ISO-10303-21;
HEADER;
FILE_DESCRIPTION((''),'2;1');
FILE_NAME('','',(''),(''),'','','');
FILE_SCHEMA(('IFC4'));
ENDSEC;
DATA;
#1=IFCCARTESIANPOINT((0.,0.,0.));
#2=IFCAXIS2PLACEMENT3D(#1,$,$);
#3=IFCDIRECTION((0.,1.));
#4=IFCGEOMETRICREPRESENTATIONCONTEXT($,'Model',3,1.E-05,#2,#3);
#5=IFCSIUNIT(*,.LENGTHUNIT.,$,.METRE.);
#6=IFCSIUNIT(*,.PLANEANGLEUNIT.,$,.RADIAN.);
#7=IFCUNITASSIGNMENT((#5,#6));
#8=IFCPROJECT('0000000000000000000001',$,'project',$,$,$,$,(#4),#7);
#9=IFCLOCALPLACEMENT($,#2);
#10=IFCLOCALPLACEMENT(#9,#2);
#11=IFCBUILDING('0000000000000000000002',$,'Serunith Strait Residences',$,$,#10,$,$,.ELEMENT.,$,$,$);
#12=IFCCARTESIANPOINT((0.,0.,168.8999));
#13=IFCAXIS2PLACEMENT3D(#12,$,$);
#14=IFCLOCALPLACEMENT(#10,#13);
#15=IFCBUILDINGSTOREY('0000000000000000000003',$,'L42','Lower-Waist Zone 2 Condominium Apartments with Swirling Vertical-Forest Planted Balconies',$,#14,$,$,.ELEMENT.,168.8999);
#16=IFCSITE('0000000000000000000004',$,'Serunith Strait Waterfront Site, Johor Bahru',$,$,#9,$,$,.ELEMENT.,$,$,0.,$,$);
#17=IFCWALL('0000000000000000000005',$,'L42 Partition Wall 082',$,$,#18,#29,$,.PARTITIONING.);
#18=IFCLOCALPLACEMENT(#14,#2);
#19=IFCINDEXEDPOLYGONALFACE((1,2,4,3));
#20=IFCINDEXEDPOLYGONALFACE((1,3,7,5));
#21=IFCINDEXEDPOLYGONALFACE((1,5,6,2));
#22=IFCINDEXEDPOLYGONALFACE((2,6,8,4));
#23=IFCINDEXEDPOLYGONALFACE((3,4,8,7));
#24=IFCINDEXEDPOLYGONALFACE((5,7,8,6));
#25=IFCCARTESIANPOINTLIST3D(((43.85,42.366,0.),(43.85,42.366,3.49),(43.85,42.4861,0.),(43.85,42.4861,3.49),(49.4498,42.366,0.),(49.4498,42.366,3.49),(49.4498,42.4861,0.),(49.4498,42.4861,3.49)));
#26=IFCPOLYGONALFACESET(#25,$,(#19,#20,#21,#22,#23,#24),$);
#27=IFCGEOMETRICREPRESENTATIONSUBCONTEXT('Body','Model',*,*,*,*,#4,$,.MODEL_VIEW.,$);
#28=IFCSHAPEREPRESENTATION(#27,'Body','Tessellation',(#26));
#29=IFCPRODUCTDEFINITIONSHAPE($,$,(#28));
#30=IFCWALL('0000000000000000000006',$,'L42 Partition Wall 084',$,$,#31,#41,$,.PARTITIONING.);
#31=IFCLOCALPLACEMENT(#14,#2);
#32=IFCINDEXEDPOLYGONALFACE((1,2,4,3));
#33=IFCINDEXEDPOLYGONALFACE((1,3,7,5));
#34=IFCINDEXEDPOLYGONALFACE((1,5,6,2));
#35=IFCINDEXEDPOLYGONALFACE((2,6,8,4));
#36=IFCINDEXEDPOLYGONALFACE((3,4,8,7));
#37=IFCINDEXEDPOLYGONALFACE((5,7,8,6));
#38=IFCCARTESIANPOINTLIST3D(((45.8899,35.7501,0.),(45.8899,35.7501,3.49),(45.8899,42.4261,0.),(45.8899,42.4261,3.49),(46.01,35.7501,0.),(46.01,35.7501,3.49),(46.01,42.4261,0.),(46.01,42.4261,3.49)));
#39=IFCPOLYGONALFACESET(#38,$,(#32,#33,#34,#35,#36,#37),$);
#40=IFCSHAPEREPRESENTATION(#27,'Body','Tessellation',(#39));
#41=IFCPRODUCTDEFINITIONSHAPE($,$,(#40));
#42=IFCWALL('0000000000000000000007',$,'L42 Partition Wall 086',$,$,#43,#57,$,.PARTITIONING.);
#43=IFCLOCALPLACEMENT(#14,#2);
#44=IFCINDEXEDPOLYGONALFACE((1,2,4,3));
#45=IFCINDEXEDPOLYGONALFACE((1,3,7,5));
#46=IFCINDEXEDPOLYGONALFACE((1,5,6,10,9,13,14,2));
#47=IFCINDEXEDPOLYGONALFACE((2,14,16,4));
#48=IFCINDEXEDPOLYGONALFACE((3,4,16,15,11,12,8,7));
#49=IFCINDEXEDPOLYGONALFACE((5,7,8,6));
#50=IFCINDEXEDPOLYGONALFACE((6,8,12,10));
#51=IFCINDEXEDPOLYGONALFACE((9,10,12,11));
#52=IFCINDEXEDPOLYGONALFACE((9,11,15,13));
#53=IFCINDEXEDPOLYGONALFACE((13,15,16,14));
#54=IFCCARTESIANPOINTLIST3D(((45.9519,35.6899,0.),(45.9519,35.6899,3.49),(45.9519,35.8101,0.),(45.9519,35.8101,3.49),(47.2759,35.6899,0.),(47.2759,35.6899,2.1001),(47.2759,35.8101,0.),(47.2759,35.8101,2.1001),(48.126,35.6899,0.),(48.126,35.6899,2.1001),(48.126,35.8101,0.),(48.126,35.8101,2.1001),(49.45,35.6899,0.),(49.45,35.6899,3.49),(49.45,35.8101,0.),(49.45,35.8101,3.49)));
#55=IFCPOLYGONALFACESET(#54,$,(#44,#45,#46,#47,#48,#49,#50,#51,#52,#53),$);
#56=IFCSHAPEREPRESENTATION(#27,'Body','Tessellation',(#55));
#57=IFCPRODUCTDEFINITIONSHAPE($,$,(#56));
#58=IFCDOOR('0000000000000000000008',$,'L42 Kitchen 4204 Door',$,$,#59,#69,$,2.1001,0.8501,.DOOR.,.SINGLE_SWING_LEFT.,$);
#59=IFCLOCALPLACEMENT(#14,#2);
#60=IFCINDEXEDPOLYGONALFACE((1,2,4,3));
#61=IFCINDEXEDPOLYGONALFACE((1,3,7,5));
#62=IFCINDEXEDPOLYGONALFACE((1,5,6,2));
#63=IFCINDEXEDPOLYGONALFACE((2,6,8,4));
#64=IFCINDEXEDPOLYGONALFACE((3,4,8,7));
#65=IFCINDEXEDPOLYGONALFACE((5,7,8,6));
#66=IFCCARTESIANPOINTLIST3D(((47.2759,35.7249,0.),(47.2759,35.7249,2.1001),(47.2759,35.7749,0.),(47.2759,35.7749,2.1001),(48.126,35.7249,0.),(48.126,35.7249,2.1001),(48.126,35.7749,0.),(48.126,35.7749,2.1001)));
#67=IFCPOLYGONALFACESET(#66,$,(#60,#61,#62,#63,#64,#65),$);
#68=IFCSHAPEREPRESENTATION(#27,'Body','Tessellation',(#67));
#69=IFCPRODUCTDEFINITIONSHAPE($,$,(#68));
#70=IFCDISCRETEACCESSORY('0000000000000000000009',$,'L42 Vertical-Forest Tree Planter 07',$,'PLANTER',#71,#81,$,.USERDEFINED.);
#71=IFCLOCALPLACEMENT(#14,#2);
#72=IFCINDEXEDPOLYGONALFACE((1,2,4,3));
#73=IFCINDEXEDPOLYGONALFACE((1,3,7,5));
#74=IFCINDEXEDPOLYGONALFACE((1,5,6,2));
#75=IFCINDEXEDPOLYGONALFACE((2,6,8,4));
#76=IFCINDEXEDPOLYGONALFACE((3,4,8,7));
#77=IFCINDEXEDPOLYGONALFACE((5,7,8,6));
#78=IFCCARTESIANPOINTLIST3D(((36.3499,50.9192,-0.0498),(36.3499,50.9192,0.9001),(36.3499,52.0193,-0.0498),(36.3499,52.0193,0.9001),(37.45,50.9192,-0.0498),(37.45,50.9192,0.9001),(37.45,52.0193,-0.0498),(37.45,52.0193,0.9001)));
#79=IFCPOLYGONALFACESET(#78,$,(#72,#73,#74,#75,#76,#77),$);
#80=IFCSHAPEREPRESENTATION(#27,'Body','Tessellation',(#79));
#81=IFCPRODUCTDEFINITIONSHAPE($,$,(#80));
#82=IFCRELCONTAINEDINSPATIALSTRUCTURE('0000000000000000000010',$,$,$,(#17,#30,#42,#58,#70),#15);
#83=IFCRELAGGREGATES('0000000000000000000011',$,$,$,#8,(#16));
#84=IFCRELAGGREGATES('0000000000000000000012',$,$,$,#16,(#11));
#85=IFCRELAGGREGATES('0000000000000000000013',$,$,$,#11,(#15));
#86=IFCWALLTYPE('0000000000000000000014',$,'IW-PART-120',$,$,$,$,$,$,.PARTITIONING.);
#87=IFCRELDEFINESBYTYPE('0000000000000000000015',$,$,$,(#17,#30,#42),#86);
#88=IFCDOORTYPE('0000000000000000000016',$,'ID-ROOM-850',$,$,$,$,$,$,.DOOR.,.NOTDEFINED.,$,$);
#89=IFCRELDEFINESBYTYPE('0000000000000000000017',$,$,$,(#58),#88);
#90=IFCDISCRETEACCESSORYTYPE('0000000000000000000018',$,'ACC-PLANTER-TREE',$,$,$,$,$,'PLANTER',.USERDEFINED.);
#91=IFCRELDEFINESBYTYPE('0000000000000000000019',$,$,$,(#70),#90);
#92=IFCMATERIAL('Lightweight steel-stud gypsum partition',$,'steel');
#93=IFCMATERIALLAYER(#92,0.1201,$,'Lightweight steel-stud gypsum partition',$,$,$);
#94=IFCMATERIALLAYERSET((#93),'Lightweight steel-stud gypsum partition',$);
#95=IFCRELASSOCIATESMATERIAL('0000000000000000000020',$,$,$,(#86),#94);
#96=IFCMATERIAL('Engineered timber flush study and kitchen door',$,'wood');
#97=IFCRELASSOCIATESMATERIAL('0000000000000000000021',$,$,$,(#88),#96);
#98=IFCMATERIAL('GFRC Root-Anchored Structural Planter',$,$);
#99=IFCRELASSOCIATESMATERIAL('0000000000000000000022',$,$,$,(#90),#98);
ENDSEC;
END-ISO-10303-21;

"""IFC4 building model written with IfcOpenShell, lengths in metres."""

from ifc_helpers import new_model, si_unit, direction, frame, frame_2d, origin, origin_2d, place, context, subcontext, project, spatial, rectangle, extrude, source, transform, mapped, material, layer, layer_set, type_object, element, fill, save


model = new_model("IFC4")

# Units and contexts
model_context = context("Model", 3, precision=1e-05, world=origin(), true_north=direction((0.0, 1.0)))
body_context = subcontext(model_context, "Body", "Model", "MODEL_VIEW")
ifc_project = project(units=[si_unit("LENGTHUNIT", "METRE"), si_unit("PLANEANGLEUNIT", "RADIAN")], contexts=[model_context])

# Site, building, storey
site_placement = place(None, origin())
site = spatial("IfcSite", under=ifc_project, at=site_placement, Name="Serunith Strait Waterfront Site, Johor Bahru", CompositionType="ELEMENT", RefElevation=0.0)
building_placement = place(site_placement, origin())
building = spatial("IfcBuilding", under=site, at=building_placement, Name="Serunith Strait Residences", CompositionType="ELEMENT")
storey_placement = place(building_placement, frame((0.0, 0.0, 168.8999)))
storey = spatial("IfcBuildingStorey", under=building, at=storey_placement, Name="L42", Description="Lower-Waist Zone 2 Condominium Apartments with Swirling Vertical-Forest Planted Balconies", CompositionType="ELEMENT", Elevation=168.8999)

# Shared definitions
ifc_material_1 = material(Name="Lightweight steel-stud gypsum partition", Category="steel")
ifc_layer_1 = layer(ifc_material_1, 0.1201, Name="Lightweight steel-stud gypsum partition")
ifc_layer_set_1 = layer_set([ifc_layer_1], Name="Lightweight steel-stud gypsum partition")
wall_type_1 = type_object("IfcWallType", Name="IW-PART-120", PredefinedType="PARTITIONING", material=ifc_layer_set_1)

# Walls
wall_1_placement = place(storey_placement, frame((43.8501, 42.426, 0.0), z_axis=(0.0, 0.0, 1.0), x_axis=(1.0, 0.0, 0.0)))
element("IfcWall", 1, at=wall_1_placement, inside=storey, type_object=wall_type_1, Name="L42 Partition Wall 082", PredefinedType="PARTITIONING", context=body_context, shape_type="SweptSolid", body=[
    extrude(rectangle(XDim=5.5999, YDim=0.1201, at=frame_2d((2.7998, 0.0))), origin(), (0.0, 0.0, 1.0), 3.49),
])
wall_2_placement = place(storey_placement, frame((45.95, 42.426, 0.0), z_axis=(0.0, 0.0, 1.0), x_axis=(0.0, -1.0, 0.0)))
element("IfcWall", 2, at=wall_2_placement, inside=storey, type_object=wall_type_1, Name="L42 Partition Wall 084", PredefinedType="PARTITIONING", context=body_context, shape_type="SweptSolid", body=[
    extrude(rectangle(XDim=6.676, YDim=0.1201, at=frame_2d((3.3379, 0.0))), origin(), (0.0, 0.0, 1.0), 3.49),
])

# Wall, opening, door
wall_3_placement = place(storey_placement, frame((45.9519, 35.75, 0.0), z_axis=(0.0, 0.0, 1.0), x_axis=(1.0, 0.0, 0.0)))
wall_3 = element("IfcWall", 3, at=wall_3_placement, inside=storey, type_object=wall_type_1, Name="L42 Partition Wall 086", PredefinedType="PARTITIONING", context=body_context, shape_type="SweptSolid", body=[
    extrude(rectangle(XDim=3.498, YDim=0.1201, at=frame_2d((1.749, 0.0))), origin(), (0.0, 0.0, 1.0), 3.49),
])
opening_1_placement = place(wall_3_placement, frame((1.324, 0.0, 0.0)))
opening_1 = element("IfcOpeningElement", 4, at=opening_1_placement, cuts=wall_3, PredefinedType="OPENING", context=body_context, shape_type="SweptSolid", body=[
    extrude(rectangle(XDim=0.8501, YDim=2.1001, at=frame_2d((0.425, 1.05))), frame((0.0, 0.0701, 0.0), z_axis=(0.0, -1.0, 0.0), x_axis=(1.0, 0.0, 0.0)), (0.0, 0.0, 1.0), 0.1401),
])
ifc_material_2 = material(Name="Engineered timber flush study and kitchen door", Category="wood")
door_type_1 = type_object("IfcDoorType", Name="ID-ROOM-850", OperationType="NOTDEFINED", PredefinedType="DOOR", material=ifc_material_2)
shared_shape_1 = source(origin(), body_context, "Body", "SweptSolid", [
    extrude(rectangle(XDim=0.8501, YDim=2.1001, at=frame_2d((0.425, 1.05))), frame((0.0, 0.0249, 0.0), z_axis=(0.0, -1.0, 0.0), x_axis=(1.0, 0.0, 0.0)), (0.0, 0.0, 1.0), 0.05),
])
door_1_placement = place(opening_1_placement, origin())
door_1 = element("IfcDoor", 5, at=door_1_placement, inside=storey, type_object=door_type_1, Name="L42 Kitchen 4204 Door", OperationType="SINGLE_SWING_LEFT", OverallHeight=2.1001, OverallWidth=0.8501, PredefinedType="DOOR", context=body_context, shape_type="MappedRepresentation", body=[
    mapped(shared_shape_1, transform((0.0, 0.0, 0.0), scale=1.0)),
])
fill(opening_1, door_1)

# Discrete accessory
ifc_material_3 = material(Name="GFRC Root-Anchored Structural Planter")
discrete_accessory_type = type_object("IfcDiscreteAccessoryType", Name="ACC-PLANTER-TREE", ElementType="PLANTER", PredefinedType="USERDEFINED", material=ifc_material_3)
shared_shape_2 = source(origin(), body_context, "Body", "SweptSolid", [
    extrude(rectangle(XDim=1.1001, YDim=1.1001, at=origin_2d()), origin(), (0.0, 0.0, 1.0), 0.95),
])
discrete_accessory_placement = place(storey_placement, frame((36.8999, 51.4692, -0.0498), z_axis=(0.0, 0.0, 1.0), x_axis=(-1.0, 0.0, 0.0)))
element("IfcDiscreteAccessory", 6, at=discrete_accessory_placement, inside=storey, type_object=discrete_accessory_type, Name="L42 Vertical-Forest Tree Planter 07", ObjectType="PLANTER", PredefinedType="USERDEFINED", context=body_context, shape_type="MappedRepresentation", body=[
    mapped(shared_shape_2, transform((0.0, 0.0, 0.0), scale=1.0)),
])

save(model, "model.ifc")
